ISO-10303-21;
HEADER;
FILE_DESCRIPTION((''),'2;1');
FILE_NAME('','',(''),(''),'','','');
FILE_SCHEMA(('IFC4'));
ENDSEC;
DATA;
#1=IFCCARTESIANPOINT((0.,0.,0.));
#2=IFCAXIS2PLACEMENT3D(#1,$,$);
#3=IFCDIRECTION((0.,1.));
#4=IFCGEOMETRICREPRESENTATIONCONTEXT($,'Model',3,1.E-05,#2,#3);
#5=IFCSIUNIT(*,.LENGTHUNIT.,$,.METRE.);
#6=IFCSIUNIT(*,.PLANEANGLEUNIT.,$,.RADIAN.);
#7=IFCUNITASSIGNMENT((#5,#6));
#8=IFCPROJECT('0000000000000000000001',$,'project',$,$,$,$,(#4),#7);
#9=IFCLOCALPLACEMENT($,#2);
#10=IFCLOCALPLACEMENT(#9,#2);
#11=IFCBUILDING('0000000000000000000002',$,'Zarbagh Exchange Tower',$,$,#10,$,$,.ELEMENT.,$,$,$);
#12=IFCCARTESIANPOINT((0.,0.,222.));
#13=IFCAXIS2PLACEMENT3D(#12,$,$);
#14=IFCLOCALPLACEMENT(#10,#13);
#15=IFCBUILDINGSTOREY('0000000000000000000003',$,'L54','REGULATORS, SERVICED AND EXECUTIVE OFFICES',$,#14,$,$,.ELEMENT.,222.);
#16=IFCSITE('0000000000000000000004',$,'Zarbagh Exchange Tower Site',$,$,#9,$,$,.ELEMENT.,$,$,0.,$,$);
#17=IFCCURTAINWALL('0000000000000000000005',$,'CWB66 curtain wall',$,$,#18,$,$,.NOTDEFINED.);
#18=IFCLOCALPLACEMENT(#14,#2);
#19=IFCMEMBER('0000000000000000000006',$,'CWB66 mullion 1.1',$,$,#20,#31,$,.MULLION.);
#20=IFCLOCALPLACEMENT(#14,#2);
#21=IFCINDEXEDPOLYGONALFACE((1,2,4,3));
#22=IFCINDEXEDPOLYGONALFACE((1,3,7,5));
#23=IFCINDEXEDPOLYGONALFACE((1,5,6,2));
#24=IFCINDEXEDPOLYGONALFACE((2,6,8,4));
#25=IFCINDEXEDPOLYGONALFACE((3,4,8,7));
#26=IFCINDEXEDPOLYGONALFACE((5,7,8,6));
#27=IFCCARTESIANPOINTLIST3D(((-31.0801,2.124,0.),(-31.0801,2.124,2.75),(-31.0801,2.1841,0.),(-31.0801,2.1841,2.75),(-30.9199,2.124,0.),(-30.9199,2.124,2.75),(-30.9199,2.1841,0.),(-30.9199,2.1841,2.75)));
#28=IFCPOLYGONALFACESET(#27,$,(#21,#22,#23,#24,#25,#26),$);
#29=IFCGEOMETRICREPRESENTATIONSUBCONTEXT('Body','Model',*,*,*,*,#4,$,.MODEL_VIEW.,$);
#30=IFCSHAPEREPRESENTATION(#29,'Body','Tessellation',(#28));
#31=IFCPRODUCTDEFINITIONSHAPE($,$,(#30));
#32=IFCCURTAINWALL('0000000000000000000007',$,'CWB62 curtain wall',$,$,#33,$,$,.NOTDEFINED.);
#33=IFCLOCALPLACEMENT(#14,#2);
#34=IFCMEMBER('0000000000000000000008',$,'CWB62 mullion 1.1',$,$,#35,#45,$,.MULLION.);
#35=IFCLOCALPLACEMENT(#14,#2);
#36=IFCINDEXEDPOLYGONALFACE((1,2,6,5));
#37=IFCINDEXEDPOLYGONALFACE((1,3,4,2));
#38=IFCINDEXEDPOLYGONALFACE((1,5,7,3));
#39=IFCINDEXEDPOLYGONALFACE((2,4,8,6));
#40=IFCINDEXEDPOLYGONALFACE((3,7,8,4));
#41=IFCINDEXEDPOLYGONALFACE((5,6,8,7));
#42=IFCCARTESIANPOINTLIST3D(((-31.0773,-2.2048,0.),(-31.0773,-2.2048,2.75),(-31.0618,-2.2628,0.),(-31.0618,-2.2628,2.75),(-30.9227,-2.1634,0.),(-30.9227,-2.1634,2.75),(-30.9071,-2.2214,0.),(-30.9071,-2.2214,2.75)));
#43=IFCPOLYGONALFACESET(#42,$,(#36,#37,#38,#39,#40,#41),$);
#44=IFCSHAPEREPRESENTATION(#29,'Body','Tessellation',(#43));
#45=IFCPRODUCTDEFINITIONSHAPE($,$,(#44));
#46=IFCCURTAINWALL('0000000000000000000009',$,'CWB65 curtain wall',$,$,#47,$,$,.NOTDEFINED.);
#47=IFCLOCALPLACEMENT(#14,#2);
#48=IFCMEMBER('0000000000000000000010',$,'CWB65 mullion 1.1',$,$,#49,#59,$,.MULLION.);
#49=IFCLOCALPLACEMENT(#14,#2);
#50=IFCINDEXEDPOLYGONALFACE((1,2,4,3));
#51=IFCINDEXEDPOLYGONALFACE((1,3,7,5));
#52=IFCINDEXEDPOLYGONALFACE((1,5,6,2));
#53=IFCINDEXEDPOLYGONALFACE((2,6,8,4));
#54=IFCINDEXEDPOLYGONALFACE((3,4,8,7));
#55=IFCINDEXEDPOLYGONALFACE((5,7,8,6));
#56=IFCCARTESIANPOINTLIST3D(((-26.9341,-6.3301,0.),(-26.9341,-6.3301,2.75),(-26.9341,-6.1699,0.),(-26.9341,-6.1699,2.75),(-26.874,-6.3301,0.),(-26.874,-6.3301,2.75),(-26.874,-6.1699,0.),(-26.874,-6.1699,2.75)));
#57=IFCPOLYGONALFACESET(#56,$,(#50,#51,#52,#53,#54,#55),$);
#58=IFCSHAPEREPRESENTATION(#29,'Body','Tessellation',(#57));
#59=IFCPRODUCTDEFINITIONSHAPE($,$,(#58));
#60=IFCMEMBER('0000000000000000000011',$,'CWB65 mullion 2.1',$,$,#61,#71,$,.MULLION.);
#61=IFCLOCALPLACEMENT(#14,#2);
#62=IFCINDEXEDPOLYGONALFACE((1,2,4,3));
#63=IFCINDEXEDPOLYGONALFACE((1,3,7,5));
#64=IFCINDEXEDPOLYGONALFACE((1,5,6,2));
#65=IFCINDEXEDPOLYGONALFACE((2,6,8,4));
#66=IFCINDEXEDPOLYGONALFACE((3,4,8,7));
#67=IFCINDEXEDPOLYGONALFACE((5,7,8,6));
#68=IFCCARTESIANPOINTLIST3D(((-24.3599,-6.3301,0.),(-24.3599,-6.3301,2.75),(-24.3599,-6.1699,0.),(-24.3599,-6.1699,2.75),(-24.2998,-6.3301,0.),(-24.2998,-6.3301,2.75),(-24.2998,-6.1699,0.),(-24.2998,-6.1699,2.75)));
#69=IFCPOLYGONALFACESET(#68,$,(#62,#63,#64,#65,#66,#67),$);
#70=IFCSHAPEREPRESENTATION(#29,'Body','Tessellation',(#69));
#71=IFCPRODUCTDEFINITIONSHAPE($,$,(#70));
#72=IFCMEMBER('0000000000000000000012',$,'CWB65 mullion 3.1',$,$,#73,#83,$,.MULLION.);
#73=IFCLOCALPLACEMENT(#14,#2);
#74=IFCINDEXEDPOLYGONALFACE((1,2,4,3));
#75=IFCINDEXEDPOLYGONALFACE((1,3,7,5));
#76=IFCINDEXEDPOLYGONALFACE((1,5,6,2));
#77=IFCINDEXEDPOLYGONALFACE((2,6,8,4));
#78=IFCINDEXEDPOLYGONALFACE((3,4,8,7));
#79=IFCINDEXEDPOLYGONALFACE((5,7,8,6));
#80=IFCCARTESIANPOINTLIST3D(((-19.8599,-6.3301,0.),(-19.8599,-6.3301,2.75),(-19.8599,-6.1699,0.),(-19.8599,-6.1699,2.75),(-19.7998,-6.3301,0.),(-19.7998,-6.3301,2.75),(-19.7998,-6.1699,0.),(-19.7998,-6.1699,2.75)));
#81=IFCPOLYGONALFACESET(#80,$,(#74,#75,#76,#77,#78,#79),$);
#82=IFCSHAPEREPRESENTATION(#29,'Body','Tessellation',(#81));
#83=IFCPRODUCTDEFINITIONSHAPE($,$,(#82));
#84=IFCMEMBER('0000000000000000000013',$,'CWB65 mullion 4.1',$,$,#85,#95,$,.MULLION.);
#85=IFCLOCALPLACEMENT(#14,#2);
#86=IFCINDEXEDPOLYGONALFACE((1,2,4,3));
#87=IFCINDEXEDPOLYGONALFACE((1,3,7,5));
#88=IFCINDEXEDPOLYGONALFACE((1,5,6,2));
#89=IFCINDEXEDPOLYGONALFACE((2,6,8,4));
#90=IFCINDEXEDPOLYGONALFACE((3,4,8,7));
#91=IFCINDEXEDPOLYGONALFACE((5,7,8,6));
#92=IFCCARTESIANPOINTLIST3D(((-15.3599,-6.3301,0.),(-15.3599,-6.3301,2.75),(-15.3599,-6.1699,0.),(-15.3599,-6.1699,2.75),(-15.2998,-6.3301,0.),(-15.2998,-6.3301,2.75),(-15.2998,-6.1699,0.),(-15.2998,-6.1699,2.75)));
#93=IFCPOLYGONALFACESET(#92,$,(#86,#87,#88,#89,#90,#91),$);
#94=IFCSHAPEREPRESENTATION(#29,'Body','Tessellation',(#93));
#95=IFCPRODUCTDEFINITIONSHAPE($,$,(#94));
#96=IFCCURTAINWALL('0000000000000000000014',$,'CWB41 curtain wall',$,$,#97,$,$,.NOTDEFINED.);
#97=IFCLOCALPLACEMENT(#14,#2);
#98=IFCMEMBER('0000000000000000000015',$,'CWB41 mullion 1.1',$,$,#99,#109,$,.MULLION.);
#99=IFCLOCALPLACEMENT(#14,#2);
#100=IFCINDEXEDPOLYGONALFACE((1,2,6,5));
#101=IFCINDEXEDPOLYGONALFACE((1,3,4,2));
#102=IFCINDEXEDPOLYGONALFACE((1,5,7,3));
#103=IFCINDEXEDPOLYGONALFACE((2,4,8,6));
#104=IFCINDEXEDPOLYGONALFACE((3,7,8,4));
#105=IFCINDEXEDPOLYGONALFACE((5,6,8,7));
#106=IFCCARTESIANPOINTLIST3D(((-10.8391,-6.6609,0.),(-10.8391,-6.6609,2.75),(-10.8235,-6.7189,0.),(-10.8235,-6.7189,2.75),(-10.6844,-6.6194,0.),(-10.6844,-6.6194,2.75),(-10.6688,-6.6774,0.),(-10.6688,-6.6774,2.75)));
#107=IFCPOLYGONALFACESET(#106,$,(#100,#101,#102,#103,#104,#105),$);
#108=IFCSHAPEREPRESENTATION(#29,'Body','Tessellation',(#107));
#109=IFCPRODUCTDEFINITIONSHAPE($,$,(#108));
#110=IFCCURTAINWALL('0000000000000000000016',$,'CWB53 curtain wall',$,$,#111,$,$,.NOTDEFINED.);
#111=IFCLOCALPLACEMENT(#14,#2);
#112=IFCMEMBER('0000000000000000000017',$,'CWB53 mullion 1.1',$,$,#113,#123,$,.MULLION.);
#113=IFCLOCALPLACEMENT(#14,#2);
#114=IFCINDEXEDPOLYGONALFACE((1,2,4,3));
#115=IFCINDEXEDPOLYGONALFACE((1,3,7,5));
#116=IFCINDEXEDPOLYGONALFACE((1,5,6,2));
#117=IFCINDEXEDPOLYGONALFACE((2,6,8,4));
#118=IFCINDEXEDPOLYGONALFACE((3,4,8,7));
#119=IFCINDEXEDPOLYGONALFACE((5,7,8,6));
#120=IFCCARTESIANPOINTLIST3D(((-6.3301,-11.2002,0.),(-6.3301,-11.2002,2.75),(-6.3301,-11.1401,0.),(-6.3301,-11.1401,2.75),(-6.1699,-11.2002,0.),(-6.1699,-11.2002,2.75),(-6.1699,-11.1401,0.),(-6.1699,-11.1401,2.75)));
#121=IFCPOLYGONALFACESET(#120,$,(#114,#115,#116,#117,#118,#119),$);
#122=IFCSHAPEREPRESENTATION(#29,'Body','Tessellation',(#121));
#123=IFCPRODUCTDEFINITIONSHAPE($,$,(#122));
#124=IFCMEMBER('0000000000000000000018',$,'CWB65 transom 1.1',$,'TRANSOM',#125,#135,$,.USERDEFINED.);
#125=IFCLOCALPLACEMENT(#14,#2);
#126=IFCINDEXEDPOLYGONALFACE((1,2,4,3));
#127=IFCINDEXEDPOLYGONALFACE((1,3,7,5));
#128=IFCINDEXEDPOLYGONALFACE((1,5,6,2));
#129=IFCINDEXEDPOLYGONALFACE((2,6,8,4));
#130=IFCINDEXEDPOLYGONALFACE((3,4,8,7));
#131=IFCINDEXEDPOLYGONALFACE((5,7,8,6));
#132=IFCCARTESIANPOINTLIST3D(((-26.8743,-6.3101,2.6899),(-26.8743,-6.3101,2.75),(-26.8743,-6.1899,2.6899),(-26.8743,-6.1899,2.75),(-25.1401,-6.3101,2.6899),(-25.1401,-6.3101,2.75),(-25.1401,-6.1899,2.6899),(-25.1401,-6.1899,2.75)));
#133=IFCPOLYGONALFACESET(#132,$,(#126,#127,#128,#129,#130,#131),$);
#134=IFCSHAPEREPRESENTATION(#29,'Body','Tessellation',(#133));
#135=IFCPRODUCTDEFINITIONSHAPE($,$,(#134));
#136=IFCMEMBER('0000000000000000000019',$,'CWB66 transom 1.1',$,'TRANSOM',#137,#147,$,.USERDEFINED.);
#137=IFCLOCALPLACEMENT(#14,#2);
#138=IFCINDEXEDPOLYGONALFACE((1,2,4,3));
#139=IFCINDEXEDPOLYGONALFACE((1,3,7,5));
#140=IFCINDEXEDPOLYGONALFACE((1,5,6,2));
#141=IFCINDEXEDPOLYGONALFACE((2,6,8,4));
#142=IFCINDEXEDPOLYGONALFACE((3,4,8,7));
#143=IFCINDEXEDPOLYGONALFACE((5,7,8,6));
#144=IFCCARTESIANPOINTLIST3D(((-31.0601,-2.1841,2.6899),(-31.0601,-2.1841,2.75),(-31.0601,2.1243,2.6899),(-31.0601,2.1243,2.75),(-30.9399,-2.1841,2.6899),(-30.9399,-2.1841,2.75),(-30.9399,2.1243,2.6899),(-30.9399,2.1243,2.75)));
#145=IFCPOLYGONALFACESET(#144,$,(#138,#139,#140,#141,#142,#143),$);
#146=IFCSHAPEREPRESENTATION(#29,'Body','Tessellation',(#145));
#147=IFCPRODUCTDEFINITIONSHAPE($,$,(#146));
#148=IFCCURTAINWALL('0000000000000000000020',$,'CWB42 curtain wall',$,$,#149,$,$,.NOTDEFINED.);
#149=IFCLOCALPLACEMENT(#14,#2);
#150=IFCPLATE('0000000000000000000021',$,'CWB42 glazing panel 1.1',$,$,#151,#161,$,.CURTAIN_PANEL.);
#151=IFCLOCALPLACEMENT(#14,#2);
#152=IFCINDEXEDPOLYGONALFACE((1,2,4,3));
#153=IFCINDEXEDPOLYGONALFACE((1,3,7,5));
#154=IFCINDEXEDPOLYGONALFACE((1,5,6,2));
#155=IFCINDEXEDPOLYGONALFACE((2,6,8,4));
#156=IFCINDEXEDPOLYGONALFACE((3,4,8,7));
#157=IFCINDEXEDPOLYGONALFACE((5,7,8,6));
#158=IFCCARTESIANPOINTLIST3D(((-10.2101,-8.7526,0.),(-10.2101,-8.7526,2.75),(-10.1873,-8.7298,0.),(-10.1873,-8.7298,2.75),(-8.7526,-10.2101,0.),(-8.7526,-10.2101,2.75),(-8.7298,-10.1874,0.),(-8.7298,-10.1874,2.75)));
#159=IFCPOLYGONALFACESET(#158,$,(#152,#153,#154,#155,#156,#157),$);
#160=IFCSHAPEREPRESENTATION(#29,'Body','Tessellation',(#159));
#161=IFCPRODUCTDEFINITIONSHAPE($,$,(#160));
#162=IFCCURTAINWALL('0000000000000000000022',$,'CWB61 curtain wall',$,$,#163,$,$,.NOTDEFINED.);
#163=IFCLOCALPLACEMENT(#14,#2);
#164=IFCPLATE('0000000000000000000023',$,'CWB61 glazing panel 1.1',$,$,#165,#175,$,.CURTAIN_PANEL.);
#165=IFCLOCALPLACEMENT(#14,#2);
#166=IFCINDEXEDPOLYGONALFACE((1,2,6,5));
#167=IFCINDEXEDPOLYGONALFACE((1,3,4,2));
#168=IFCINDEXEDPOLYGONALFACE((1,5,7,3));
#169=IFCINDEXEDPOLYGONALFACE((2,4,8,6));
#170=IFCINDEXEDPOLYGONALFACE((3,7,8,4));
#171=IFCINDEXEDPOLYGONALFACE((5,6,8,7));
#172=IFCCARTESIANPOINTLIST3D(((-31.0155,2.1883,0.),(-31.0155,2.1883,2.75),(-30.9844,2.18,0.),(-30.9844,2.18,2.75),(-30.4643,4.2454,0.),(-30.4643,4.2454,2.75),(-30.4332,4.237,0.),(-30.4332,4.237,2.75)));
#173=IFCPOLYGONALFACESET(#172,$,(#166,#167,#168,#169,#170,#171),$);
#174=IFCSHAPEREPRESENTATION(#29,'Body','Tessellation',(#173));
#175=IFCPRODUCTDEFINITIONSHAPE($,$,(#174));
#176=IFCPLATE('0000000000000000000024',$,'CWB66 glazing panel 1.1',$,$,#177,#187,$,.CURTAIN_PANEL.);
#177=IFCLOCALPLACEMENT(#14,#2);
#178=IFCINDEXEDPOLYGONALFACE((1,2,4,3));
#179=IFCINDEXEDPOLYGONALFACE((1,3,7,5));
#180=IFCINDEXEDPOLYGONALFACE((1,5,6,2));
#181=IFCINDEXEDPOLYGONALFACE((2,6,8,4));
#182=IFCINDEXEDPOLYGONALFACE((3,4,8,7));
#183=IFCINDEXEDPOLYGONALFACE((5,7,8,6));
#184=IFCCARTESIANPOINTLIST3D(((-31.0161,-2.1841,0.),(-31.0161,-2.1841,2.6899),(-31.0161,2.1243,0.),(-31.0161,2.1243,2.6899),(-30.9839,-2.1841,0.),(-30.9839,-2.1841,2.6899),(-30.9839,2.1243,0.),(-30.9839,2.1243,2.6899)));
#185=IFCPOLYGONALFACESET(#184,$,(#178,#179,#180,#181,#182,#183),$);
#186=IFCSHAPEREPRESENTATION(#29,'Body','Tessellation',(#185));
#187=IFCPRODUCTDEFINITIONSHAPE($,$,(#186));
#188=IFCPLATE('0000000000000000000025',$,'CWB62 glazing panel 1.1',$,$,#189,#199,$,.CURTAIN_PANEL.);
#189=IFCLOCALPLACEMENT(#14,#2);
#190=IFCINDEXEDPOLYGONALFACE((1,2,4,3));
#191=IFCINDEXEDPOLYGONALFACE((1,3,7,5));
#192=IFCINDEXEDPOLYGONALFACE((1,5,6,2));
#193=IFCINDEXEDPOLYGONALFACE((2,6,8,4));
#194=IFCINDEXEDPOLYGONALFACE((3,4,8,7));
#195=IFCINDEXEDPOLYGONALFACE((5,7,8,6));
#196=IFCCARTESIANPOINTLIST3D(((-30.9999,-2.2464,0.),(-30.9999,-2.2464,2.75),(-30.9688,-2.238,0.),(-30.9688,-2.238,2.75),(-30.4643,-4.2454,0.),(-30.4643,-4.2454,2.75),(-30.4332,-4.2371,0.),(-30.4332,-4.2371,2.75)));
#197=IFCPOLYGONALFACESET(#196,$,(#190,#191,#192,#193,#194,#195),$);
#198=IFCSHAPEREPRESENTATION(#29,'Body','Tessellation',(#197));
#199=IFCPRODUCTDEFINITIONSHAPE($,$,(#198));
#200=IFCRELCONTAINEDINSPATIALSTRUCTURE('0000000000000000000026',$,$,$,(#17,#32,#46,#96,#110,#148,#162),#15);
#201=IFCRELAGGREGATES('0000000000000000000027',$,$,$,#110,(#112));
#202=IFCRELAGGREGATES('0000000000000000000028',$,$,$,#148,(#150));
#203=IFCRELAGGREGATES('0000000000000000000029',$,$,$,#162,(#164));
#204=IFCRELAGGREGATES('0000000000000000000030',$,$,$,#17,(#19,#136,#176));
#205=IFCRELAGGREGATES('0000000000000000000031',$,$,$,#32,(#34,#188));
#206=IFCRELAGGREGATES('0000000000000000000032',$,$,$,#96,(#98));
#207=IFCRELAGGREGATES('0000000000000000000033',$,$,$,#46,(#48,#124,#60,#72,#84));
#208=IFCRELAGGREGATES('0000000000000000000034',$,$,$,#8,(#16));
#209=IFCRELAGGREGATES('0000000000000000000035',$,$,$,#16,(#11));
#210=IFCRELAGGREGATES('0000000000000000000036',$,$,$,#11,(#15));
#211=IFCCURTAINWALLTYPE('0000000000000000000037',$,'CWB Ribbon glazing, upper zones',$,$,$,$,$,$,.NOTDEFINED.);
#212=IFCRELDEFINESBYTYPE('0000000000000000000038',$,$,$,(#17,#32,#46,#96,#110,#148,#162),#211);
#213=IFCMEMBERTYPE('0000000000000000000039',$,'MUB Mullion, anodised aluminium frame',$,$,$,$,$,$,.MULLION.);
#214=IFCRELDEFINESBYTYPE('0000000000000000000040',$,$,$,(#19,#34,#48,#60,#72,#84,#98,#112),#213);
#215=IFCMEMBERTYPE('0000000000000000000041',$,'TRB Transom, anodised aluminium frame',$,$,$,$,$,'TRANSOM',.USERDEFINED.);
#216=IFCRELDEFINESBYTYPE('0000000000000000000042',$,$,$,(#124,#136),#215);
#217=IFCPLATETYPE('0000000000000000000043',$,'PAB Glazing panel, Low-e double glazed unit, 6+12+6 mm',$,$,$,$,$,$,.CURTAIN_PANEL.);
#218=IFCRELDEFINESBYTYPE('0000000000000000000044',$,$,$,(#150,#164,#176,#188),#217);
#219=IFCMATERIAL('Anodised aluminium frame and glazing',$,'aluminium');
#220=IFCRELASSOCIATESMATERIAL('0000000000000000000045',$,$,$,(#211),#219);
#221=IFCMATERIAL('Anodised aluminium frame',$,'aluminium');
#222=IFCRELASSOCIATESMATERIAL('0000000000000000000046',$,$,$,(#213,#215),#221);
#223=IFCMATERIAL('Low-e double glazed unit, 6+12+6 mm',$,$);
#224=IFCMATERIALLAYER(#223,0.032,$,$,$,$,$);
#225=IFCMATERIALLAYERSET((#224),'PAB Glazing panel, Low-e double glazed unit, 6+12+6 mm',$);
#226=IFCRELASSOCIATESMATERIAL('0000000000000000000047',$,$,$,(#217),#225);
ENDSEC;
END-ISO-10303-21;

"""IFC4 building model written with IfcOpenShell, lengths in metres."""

from ifc_helpers import new_model, si_unit, direction, frame, origin, place, context, subcontext, project, spatial, polyline, outline, extrude, source, transform, mapped, material, layer, layer_set, type_object, element, aggregate, save


model = new_model("IFC4")

# Units and contexts
model_context = context("Model", 3, precision=1e-05, world=origin(), true_north=direction((0.0, 1.0)))
body_context = subcontext(model_context, "Body", "Model", "MODEL_VIEW")
ifc_project = project(units=[si_unit("LENGTHUNIT", "METRE"), si_unit("PLANEANGLEUNIT", "RADIAN")], contexts=[model_context])

# Site, building, storey
site_placement = place(None, origin())
site = spatial("IfcSite", under=ifc_project, at=site_placement, Name="Zarbagh Exchange Tower Site", CompositionType="ELEMENT", RefElevation=0.0)
building_placement = place(site_placement, origin())
building = spatial("IfcBuilding", under=site, at=building_placement, Name="Zarbagh Exchange Tower", CompositionType="ELEMENT")
storey_placement = place(building_placement, frame((0.0, 0.0, 222.0)))
storey = spatial("IfcBuildingStorey", under=building, at=storey_placement, Name="L54", Description="REGULATORS, SERVICED AND EXECUTIVE OFFICES", CompositionType="ELEMENT", Elevation=222.0)

# Curtain walls, members
ifc_material_1 = material(Name="Anodised aluminium frame and glazing", Category="aluminium")
curtain_wall_type = type_object("IfcCurtainWallType", Name="CWB Ribbon glazing, upper zones", PredefinedType="NOTDEFINED", material=ifc_material_1)
curtain_wall_1_placement = place(storey_placement, origin())
curtain_wall_1 = element("IfcCurtainWall", 1, at=curtain_wall_1_placement, inside=storey, type_object=curtain_wall_type, Name="CWB66 curtain wall", PredefinedType="NOTDEFINED")
ifc_material_2 = material(Name="Anodised aluminium frame", Category="aluminium")
member_type_1 = type_object("IfcMemberType", Name="MUB Mullion, anodised aluminium frame", PredefinedType="MULLION", material=ifc_material_2)
shared_shape_1 = source(origin(), body_context, "Body", "SweptSolid", [
    extrude(outline(polyline([(0.0, -0.0801), (0.0601, -0.0801), (0.0601, 0.0801), (0.0, 0.0801), (0.0, -0.0801)])), origin(), (0.0, 0.0, 1.0), 2.75),
])
placement = place(storey_placement, origin())
member_1 = element("IfcMember", 2, at=placement, type_object=member_type_1, Name="CWB66 mullion 1.1", PredefinedType="MULLION", context=body_context, shape_type="MappedRepresentation", body=[
    mapped(shared_shape_1, transform((-31.0, 2.1841, 0.0), x_axis=(0.0, -1.0, 0.0), y_axis=(1.0, 0.0, 0.0), z_axis=(0.0, 0.0, 1.0))),
])
curtain_wall_2_placement = place(storey_placement, origin())
curtain_wall_2 = element("IfcCurtainWall", 3, at=curtain_wall_2_placement, inside=storey, type_object=curtain_wall_type, Name="CWB62 curtain wall", PredefinedType="NOTDEFINED")
member_2 = element("IfcMember", 4, at=placement, type_object=member_type_1, Name="CWB62 mullion 1.1", PredefinedType="MULLION", context=body_context, shape_type="MappedRepresentation", body=[
    mapped(shared_shape_1, transform((-31.0, -2.1841, 0.0), x_axis=(0.258825, -0.965924, 0.0), y_axis=(0.965924, 0.258825, 0.0), z_axis=(0.0, 0.0, 1.0))),
])

# Curtain wall, members
curtain_wall_3_placement = place(storey_placement, origin())
curtain_wall_3 = element("IfcCurtainWall", 5, at=curtain_wall_3_placement, inside=storey, type_object=curtain_wall_type, Name="CWB65 curtain wall", PredefinedType="NOTDEFINED")
member_3 = element("IfcMember", 6, at=placement, type_object=member_type_1, Name="CWB65 mullion 1.1", PredefinedType="MULLION", context=body_context, shape_type="MappedRepresentation", body=[
    mapped(shared_shape_1, transform((-26.9341, -6.25, 0.0), x_axis=(1.0, 0.0, 0.0), y_axis=(0.0, 1.0, 0.0), z_axis=(0.0, 0.0, 1.0))),
])
member_4 = element("IfcMember", 7, at=placement, type_object=member_type_1, Name="CWB65 mullion 2.1", PredefinedType="MULLION", context=body_context, shape_type="MappedRepresentation", body=[
    mapped(shared_shape_1, transform((-24.3599, -6.25, 0.0), x_axis=(1.0, 0.0, 0.0), y_axis=(0.0, 1.0, 0.0), z_axis=(0.0, 0.0, 1.0))),
])
member_5 = element("IfcMember", 8, at=placement, type_object=member_type_1, Name="CWB65 mullion 3.1", PredefinedType="MULLION", context=body_context, shape_type="MappedRepresentation", body=[
    mapped(shared_shape_1, transform((-19.8599, -6.25, 0.0), x_axis=(1.0, 0.0, 0.0), y_axis=(0.0, 1.0, 0.0), z_axis=(0.0, 0.0, 1.0))),
])
member_6 = element("IfcMember", 9, at=placement, type_object=member_type_1, Name="CWB65 mullion 4.1", PredefinedType="MULLION", context=body_context, shape_type="MappedRepresentation", body=[
    mapped(shared_shape_1, transform((-15.3599, -6.25, 0.0), x_axis=(1.0, 0.0, 0.0), y_axis=(0.0, 1.0, 0.0), z_axis=(0.0, 0.0, 1.0))),
])

# Curtain walls, members
curtain_wall_4_placement = place(storey_placement, origin())
curtain_wall_4 = element("IfcCurtainWall", 10, at=curtain_wall_4_placement, inside=storey, type_object=curtain_wall_type, Name="CWB41 curtain wall", PredefinedType="NOTDEFINED")
member_7 = element("IfcMember", 11, at=placement, type_object=member_type_1, Name="CWB41 mullion 1.1", PredefinedType="MULLION", context=body_context, shape_type="MappedRepresentation", body=[
    mapped(shared_shape_1, transform((-10.7617, -6.6401, 0.0), x_axis=(0.258825, -0.965924, 0.0), y_axis=(0.965924, 0.258825, 0.0), z_axis=(0.0, 0.0, 1.0))),
])
curtain_wall_5_placement = place(storey_placement, origin())
curtain_wall_5 = element("IfcCurtainWall", 12, at=curtain_wall_5_placement, inside=storey, type_object=curtain_wall_type, Name="CWB53 curtain wall", PredefinedType="NOTDEFINED")
member_8 = element("IfcMember", 13, at=placement, type_object=member_type_1, Name="CWB53 mullion 1.1", PredefinedType="MULLION", context=body_context, shape_type="MappedRepresentation", body=[
    mapped(shared_shape_1, transform((-6.25, -11.1401, 0.0), x_axis=(0.0, -1.0, 0.0), y_axis=(1.0, 0.0, 0.0), z_axis=(0.0, 0.0, 1.0))),
])
aggregate(curtain_wall_5, [member_8])

# Members
member_type_2 = type_object("IfcMemberType", Name="TRB Transom, anodised aluminium frame", ElementType="TRANSOM", PredefinedType="USERDEFINED", material=ifc_material_2)
shared_shape_2 = source(origin(), body_context, "Body", "SweptSolid", [
    extrude(outline(polyline([(-0.0601, -0.0601), (0.0, -0.0601), (0.0, 0.0601), (-0.0601, 0.0601), (-0.0601, -0.0601)])), origin(), (0.0, 0.0, 1.0), 1.7341),
])
member_9 = element("IfcMember", 14, at=placement, type_object=member_type_2, Name="CWB65 transom 1.1", ObjectType="TRANSOM", PredefinedType="USERDEFINED", context=body_context, shape_type="MappedRepresentation", body=[
    mapped(shared_shape_2, transform((-26.8743, -6.25, 2.75), x_axis=(0.0, 0.0, 1.0), y_axis=(0.0, -1.0, 0.0), z_axis=(1.0, 0.0, 0.0))),
])
shared_shape_3 = source(origin(), body_context, "Body", "SweptSolid", [
    extrude(outline(polyline([(-0.0601, -0.0601), (0.0, -0.0601), (0.0, 0.0601), (-0.0601, 0.0601), (-0.0601, -0.0601)])), origin(), (0.0, 0.0, 1.0), 4.3083),
])
member_10 = element("IfcMember", 15, at=placement, type_object=member_type_2, Name="CWB66 transom 1.1", ObjectType="TRANSOM", PredefinedType="USERDEFINED", context=body_context, shape_type="MappedRepresentation", body=[
    mapped(shared_shape_3, transform((-31.0, 2.1243, 2.75), x_axis=(0.0, 0.0, 1.0), y_axis=(-1.0, 0.0, 0.0), z_axis=(0.0, -1.0, 0.0))),
])

# Curtain walls, plates
curtain_wall_6_placement = place(storey_placement, origin())
curtain_wall_6 = element("IfcCurtainWall", 16, at=curtain_wall_6_placement, inside=storey, type_object=curtain_wall_type, Name="CWB42 curtain wall", PredefinedType="NOTDEFINED")
ifc_material_3 = material(Name="Low-e double glazed unit, 6+12+6 mm")
ifc_layer = layer(ifc_material_3, 0.032)
ifc_layer_set = layer_set([ifc_layer], Name="PAB Glazing panel, Low-e double glazed unit, 6+12+6 mm")
plate_type = type_object("IfcPlateType", Name="PAB Glazing panel, Low-e double glazed unit, 6+12+6 mm", PredefinedType="CURTAIN_PANEL", material=ifc_layer_set)
shared_shape_4 = source(origin(), body_context, "Body", "SweptSolid", [
    extrude(outline(polyline([(0.0, -0.0161), (2.0613, -0.0161), (2.0613, 0.0161), (0.0, 0.0161), (0.0, -0.0161)])), origin(), (0.0, 0.0, 1.0), 2.75),
])
plate_1 = element("IfcPlate", 17, at=placement, type_object=plate_type, Name="CWB42 glazing panel 1.1", PredefinedType="CURTAIN_PANEL", context=body_context, shape_type="MappedRepresentation", body=[
    mapped(shared_shape_4, transform((-10.1987, -8.7412, 0.0), x_axis=(0.707107, -0.707107, 0.0), y_axis=(0.707107, 0.707107, 0.0), z_axis=(0.0, 0.0, 1.0))),
])
aggregate(curtain_wall_6, [plate_1])
curtain_wall_7_placement = place(storey_placement, origin())
curtain_wall_7 = element("IfcCurtainWall", 18, at=curtain_wall_7_placement, inside=storey, type_object=curtain_wall_type, Name="CWB61 curtain wall", PredefinedType="NOTDEFINED")
shared_shape_5 = source(origin(), body_context, "Body", "SweptSolid", [
    extrude(outline(polyline([(0.0, -0.0161), (2.1296, -0.0161), (2.1296, 0.0161), (0.0, 0.0161), (0.0, -0.0161)])), origin(), (0.0, 0.0, 1.0), 2.75),
])
plate_2 = element("IfcPlate", 19, at=placement, type_object=plate_type, Name="CWB61 glazing panel 1.1", PredefinedType="CURTAIN_PANEL", context=body_context, shape_type="MappedRepresentation", body=[
    mapped(shared_shape_5, transform((-30.4487, 4.2412, 0.0), x_axis=(-0.258825, -0.965924, 0.0), y_axis=(0.965924, -0.258825, 0.0), z_axis=(0.0, 0.0, 1.0))),
])
aggregate(curtain_wall_7, [plate_2])

# Plates
shared_shape_6 = source(origin(), body_context, "Body", "SweptSolid", [
    extrude(outline(polyline([(0.0, -0.0161), (4.3083, -0.0161), (4.3083, 0.0161), (0.0, 0.0161), (0.0, -0.0161)])), origin(), (0.0, 0.0, 1.0), 2.6899),
])
plate_3 = element("IfcPlate", 20, at=placement, type_object=plate_type, Name="CWB66 glazing panel 1.1", PredefinedType="CURTAIN_PANEL", context=body_context, shape_type="MappedRepresentation", body=[
    mapped(shared_shape_6, transform((-31.0, 2.1243, 0.0), x_axis=(0.0, -1.0, 0.0), y_axis=(1.0, 0.0, 0.0), z_axis=(0.0, 0.0, 1.0))),
])
aggregate(curtain_wall_1, [member_1, member_10, plate_3])
shared_shape_7 = source(origin(), body_context, "Body", "SweptSolid", [
    extrude(outline(polyline([(0.0, -0.0161), (2.0696, -0.0161), (2.0696, 0.0161), (0.0, 0.0161), (0.0, -0.0161)])), origin(), (0.0, 0.0, 1.0), 2.75),
])
plate_4 = element("IfcPlate", 21, at=placement, type_object=plate_type, Name="CWB62 glazing panel 1.1", PredefinedType="CURTAIN_PANEL", context=body_context, shape_type="MappedRepresentation", body=[
    mapped(shared_shape_7, transform((-30.9844, -2.2422, 0.0), x_axis=(0.258825, -0.965924, 0.0), y_axis=(0.965924, 0.258825, 0.0), z_axis=(0.0, 0.0, 1.0))),
])
aggregate(curtain_wall_2, [member_2, plate_4])
aggregate(curtain_wall_4, [member_7])

aggregate(curtain_wall_3, [member_3, member_9, member_4, member_5, member_6])

save(model, "model.ifc")
